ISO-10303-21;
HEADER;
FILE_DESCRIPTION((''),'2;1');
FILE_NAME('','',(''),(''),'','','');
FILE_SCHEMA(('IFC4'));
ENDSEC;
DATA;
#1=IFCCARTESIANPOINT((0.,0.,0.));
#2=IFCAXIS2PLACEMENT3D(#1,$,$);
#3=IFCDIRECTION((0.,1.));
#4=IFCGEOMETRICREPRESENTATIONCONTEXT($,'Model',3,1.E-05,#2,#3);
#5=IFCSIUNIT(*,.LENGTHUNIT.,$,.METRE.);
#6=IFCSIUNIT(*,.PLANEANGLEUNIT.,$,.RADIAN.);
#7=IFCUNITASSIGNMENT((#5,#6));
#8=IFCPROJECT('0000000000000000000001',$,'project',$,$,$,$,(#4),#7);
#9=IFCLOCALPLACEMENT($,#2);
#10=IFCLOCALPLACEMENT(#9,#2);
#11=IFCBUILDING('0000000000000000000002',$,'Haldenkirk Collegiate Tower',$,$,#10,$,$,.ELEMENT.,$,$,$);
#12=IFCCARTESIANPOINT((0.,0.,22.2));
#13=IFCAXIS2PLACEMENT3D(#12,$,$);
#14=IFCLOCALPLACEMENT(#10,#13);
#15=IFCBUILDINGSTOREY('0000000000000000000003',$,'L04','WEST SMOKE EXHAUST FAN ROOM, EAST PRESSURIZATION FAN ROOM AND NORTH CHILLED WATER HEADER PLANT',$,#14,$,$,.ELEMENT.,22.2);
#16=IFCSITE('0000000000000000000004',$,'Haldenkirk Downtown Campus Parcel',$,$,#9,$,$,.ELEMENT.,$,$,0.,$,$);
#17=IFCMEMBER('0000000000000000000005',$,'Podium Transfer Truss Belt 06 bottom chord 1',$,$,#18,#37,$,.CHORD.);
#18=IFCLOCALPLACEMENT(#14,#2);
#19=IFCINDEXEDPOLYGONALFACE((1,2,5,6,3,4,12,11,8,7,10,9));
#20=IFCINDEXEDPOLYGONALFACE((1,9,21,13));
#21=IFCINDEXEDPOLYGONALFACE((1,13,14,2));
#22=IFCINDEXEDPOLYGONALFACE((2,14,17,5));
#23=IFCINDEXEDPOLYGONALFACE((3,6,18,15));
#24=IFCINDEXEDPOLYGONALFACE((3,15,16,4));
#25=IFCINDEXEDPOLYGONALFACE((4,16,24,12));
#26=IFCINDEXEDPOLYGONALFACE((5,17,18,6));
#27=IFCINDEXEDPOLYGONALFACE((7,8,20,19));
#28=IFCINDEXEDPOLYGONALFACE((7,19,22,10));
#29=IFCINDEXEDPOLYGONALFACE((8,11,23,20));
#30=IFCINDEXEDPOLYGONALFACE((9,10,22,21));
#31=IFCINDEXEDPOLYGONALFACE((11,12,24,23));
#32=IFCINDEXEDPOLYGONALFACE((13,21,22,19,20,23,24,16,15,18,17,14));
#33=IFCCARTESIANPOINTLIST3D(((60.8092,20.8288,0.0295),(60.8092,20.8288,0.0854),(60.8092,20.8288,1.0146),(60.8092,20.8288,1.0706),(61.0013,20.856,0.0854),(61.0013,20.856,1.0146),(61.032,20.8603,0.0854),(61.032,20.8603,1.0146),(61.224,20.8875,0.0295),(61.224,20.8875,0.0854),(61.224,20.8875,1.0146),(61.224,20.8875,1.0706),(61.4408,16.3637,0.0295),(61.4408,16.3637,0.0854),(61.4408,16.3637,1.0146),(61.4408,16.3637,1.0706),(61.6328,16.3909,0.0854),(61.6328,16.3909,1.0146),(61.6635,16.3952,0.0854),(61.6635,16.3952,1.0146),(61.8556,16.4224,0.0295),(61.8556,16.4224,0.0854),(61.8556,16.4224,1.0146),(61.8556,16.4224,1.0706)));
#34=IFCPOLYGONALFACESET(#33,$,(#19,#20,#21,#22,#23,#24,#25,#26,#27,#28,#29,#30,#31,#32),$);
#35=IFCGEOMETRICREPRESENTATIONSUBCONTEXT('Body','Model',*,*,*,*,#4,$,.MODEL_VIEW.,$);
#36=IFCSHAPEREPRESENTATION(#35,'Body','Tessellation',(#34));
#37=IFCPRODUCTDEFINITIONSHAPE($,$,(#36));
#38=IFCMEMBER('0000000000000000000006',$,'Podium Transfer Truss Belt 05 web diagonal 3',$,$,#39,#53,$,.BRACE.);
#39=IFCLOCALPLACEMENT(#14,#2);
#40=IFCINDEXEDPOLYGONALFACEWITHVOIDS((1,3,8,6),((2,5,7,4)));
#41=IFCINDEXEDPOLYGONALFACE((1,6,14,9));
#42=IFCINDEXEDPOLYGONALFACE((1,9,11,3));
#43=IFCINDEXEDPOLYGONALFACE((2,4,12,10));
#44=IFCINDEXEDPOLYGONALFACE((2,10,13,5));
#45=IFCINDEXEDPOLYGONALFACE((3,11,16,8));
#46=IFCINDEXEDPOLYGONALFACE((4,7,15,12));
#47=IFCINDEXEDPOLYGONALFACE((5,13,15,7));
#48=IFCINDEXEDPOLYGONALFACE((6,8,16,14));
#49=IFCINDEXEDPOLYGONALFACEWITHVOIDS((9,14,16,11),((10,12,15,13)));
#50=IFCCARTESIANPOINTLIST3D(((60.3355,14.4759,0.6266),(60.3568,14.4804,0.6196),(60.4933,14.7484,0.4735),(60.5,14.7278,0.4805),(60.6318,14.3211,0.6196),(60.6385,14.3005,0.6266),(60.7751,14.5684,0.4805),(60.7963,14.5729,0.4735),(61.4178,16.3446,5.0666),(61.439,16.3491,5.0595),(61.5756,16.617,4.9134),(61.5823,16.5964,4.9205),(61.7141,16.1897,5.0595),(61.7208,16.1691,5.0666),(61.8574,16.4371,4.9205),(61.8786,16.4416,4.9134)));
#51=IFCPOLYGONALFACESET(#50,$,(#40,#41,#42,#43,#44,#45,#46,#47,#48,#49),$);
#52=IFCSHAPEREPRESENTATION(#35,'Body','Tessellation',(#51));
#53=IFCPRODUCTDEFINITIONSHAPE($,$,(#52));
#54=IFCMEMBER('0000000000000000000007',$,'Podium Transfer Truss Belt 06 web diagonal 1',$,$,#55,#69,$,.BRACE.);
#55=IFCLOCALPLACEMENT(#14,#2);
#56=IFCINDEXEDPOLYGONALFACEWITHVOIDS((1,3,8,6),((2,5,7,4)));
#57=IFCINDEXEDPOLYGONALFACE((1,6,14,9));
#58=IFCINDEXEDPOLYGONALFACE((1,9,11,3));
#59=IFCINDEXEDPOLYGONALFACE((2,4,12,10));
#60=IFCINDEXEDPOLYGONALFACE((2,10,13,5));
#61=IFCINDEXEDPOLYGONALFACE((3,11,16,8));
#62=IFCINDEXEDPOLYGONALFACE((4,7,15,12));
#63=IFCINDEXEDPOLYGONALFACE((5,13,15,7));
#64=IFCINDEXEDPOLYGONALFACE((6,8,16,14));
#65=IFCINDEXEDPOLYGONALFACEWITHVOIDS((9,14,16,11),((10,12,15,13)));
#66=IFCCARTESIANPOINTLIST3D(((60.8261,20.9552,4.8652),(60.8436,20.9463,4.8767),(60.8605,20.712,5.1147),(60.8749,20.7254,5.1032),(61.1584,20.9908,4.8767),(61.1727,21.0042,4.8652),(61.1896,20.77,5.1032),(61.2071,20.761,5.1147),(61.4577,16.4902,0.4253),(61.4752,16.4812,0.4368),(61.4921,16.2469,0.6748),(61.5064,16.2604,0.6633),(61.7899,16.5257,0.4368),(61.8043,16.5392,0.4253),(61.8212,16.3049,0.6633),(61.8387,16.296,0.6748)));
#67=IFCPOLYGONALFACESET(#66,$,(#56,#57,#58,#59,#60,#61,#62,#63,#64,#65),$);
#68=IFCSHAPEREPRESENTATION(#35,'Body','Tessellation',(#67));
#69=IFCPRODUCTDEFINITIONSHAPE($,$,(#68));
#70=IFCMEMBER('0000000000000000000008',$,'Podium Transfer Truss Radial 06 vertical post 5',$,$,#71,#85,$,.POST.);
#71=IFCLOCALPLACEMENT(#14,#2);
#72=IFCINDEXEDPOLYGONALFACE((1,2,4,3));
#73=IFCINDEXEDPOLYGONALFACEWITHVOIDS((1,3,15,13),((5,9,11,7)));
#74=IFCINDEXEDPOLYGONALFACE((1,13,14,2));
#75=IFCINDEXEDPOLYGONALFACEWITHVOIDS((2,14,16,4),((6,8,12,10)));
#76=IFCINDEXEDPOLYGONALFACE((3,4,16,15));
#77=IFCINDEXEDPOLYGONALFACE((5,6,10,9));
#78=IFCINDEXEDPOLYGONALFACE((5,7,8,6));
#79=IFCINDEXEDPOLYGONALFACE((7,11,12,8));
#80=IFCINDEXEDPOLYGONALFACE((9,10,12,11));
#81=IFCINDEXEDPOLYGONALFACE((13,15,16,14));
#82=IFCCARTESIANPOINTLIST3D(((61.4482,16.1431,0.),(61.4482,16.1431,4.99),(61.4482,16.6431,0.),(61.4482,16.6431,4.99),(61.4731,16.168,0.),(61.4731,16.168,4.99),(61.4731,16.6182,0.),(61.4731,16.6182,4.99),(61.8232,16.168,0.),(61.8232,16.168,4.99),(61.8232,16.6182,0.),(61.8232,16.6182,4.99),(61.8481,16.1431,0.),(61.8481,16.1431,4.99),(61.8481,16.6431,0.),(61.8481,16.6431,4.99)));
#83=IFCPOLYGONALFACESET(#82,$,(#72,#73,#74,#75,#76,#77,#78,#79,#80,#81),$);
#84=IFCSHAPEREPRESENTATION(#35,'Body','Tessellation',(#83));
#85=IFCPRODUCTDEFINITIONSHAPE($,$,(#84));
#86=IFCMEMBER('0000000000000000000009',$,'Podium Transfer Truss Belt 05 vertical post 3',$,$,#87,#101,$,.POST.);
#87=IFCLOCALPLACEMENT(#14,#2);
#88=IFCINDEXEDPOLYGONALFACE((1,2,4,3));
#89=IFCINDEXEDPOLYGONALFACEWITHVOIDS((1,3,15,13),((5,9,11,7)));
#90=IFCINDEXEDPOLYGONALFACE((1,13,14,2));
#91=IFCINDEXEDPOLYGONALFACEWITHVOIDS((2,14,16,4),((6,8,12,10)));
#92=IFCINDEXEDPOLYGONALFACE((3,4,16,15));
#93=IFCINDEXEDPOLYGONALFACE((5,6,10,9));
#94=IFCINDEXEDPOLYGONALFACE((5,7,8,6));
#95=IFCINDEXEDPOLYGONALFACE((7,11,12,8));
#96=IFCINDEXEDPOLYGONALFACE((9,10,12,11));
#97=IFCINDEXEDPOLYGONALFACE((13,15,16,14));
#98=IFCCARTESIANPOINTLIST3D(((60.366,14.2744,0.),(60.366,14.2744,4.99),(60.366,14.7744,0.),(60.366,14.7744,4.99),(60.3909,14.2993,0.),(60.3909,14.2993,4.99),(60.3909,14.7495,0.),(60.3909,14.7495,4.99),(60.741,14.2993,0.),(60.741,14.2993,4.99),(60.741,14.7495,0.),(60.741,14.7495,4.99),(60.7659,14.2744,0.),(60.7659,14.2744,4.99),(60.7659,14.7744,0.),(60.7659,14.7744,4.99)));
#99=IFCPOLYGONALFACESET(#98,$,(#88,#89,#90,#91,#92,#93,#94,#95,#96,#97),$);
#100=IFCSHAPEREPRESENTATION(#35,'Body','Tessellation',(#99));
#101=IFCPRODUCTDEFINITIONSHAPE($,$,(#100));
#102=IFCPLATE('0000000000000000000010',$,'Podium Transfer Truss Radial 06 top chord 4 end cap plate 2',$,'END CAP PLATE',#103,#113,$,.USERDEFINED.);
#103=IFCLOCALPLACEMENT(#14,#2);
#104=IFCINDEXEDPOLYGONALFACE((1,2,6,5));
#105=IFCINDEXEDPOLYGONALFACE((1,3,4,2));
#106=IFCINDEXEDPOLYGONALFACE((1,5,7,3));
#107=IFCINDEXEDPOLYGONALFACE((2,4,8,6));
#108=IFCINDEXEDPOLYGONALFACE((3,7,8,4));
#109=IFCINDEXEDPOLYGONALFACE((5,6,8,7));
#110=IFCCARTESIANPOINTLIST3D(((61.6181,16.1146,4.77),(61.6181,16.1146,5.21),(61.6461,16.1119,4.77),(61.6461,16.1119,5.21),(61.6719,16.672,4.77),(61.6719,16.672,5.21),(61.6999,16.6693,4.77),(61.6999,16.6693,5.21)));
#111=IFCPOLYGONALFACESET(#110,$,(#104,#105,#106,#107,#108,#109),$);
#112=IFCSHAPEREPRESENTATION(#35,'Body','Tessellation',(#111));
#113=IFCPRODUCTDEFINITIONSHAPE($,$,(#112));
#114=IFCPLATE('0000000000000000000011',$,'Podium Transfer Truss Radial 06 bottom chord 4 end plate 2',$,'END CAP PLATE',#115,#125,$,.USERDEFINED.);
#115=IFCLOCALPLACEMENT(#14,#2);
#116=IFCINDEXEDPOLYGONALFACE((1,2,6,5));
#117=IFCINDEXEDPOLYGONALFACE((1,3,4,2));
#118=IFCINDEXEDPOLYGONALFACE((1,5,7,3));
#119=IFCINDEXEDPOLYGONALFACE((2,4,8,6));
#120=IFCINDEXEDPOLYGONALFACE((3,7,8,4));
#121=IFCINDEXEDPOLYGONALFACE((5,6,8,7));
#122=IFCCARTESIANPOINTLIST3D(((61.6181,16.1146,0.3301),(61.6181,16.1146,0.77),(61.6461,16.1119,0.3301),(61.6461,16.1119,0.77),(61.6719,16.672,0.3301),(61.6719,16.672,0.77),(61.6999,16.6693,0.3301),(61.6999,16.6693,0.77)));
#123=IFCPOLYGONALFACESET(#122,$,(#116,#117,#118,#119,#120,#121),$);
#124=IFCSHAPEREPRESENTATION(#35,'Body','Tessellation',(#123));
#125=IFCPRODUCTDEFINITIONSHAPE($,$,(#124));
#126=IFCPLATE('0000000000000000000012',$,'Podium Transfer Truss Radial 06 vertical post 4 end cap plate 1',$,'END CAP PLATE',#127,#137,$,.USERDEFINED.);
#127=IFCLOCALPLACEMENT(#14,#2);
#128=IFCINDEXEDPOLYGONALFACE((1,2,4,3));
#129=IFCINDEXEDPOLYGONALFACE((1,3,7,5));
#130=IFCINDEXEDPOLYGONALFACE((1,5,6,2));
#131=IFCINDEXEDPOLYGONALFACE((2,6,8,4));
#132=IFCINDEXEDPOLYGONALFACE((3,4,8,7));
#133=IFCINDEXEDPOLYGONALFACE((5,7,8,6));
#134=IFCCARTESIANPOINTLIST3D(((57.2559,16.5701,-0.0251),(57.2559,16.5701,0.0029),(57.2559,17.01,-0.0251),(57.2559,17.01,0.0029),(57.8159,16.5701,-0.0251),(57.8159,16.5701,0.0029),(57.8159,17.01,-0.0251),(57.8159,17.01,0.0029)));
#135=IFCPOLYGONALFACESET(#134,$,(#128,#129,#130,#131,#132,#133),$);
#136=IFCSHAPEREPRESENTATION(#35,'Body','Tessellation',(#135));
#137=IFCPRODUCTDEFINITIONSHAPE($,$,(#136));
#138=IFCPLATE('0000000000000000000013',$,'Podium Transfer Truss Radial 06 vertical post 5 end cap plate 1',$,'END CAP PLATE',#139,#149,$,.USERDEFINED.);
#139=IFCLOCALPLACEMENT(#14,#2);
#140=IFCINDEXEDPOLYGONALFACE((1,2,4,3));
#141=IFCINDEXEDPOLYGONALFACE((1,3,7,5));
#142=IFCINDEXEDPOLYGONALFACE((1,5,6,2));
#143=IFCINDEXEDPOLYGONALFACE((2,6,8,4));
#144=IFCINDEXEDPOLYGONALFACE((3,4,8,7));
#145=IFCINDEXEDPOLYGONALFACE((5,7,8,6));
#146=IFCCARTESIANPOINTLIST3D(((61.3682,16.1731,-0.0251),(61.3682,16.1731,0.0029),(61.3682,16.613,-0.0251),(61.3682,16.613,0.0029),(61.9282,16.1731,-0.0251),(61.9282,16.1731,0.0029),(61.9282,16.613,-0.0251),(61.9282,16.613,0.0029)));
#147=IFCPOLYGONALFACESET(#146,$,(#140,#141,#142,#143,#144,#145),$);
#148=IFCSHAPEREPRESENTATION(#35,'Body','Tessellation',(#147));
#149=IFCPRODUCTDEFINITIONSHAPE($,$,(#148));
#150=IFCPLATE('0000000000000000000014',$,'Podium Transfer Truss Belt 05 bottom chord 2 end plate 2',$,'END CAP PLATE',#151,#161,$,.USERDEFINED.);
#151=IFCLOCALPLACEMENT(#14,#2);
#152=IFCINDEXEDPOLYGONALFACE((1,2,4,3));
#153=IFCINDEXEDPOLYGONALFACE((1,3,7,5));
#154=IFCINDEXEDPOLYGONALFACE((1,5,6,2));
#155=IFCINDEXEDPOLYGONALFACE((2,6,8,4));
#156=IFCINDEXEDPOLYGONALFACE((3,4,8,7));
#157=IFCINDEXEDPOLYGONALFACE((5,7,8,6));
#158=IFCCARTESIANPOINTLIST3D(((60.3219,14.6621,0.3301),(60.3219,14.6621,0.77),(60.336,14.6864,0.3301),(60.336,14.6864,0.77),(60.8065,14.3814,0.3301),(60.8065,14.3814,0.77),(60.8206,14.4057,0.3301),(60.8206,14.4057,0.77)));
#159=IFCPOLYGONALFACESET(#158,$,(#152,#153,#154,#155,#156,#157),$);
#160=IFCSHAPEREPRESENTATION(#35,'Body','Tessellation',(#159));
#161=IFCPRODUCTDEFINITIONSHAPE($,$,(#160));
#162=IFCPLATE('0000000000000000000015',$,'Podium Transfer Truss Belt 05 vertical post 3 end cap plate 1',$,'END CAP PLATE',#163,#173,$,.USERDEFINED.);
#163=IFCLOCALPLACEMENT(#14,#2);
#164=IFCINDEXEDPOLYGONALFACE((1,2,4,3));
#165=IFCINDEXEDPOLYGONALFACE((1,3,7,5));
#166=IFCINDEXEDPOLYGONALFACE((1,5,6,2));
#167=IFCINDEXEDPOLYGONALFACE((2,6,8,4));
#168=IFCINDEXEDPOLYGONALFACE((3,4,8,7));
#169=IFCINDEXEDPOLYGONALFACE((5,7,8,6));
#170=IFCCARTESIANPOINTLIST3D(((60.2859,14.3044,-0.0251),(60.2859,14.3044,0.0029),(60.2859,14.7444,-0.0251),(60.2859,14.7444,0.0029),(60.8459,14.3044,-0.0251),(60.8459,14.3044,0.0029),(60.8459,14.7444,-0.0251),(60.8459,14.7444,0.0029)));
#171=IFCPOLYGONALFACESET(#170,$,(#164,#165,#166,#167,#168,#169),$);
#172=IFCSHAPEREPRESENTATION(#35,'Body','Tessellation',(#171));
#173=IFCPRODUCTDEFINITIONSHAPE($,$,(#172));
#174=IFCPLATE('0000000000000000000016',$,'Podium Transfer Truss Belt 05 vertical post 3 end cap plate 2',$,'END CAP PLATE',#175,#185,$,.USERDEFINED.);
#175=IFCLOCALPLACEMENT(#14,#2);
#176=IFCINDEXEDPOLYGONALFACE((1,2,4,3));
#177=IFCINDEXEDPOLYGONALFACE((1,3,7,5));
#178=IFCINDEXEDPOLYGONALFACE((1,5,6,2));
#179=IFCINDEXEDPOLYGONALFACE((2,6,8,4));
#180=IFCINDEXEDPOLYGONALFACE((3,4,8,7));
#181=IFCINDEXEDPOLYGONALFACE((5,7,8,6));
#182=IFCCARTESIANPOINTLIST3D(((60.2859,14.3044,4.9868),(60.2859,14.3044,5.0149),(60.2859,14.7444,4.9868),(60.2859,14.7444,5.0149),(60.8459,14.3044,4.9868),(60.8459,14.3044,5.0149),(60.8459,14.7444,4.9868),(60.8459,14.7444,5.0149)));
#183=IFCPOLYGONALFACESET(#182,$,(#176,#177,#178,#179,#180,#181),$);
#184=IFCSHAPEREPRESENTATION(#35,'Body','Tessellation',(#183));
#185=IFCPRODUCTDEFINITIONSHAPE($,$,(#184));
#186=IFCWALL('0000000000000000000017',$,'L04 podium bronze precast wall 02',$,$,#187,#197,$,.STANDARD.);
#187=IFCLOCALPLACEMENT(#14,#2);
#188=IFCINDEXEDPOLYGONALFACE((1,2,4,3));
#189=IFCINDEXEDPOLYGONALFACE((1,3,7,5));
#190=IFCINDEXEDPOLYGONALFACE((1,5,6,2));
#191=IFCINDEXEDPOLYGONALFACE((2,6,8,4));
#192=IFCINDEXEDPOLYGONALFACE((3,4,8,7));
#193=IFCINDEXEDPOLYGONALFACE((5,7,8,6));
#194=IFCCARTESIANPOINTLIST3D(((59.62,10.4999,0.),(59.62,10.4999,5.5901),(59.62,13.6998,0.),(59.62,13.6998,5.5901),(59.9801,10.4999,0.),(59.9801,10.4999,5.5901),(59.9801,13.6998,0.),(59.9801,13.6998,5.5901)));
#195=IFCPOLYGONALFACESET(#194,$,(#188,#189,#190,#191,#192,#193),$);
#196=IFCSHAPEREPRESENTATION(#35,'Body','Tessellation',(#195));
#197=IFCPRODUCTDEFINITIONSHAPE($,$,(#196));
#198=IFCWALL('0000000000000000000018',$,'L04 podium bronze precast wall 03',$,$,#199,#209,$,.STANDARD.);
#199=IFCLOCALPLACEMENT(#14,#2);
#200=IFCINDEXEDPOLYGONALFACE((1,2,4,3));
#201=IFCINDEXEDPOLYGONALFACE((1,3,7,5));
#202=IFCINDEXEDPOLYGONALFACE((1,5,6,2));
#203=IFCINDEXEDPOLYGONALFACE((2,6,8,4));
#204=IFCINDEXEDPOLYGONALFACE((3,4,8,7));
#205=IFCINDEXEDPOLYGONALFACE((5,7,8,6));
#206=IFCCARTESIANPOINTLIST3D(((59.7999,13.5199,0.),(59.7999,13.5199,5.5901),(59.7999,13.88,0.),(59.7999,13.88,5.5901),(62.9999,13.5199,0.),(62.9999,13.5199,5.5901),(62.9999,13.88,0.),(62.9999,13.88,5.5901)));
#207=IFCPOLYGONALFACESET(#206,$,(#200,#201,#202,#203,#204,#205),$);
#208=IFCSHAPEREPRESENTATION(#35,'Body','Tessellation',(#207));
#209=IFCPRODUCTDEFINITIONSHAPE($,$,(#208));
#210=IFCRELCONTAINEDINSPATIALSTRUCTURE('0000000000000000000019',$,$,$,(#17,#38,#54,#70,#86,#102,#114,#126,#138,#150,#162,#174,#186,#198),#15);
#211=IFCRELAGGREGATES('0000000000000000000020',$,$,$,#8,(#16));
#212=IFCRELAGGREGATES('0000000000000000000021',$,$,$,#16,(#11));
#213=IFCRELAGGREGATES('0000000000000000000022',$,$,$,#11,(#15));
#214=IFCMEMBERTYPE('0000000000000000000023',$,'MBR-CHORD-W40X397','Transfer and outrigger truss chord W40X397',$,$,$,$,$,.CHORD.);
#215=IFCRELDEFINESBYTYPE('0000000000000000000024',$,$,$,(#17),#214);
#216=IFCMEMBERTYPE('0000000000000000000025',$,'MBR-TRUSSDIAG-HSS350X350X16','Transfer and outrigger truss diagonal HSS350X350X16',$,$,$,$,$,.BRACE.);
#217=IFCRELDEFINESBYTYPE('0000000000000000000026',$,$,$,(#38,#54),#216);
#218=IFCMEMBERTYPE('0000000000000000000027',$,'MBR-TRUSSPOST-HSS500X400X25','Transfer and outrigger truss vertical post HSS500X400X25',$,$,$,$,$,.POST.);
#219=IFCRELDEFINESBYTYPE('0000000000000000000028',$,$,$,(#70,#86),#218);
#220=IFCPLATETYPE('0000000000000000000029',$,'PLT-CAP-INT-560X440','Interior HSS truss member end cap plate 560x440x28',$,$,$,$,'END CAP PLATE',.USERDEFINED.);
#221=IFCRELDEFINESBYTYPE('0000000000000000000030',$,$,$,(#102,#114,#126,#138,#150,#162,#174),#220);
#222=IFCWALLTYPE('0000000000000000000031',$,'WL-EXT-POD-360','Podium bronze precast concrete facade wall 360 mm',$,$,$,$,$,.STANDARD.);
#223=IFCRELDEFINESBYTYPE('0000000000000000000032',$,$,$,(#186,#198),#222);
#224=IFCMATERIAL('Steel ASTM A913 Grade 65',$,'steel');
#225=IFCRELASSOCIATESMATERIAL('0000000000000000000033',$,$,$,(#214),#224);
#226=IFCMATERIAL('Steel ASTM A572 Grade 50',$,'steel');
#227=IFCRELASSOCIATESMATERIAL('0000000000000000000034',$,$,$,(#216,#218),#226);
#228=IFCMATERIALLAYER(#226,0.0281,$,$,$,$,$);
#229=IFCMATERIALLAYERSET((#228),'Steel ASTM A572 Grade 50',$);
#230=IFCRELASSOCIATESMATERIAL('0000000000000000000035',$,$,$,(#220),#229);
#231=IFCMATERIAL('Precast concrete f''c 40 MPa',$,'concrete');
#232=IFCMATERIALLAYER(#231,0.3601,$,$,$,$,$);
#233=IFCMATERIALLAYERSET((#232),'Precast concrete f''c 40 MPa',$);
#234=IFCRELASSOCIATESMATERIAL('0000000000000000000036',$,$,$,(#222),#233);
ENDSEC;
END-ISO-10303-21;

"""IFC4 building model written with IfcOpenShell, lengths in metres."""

from ifc_helpers import new_model, si_unit, direction, frame, frame_2d, origin, origin_2d, place, context, subcontext, project, spatial, rectangle, hollow_rectangle, i_section, extrude, source, transform, mapped, material, layer, layer_set, material_profile, profile_set, type_object, element, save


model = new_model("IFC4")

# Units and contexts
model_context = context("Model", 3, precision=1e-05, world=origin(), true_north=direction((0.0, 1.0)))
body_context = subcontext(model_context, "Body", "Model", "MODEL_VIEW")
ifc_project = project(units=[si_unit("LENGTHUNIT", "METRE"), si_unit("PLANEANGLEUNIT", "RADIAN")], contexts=[model_context])

# Site, building, storey
site_placement = place(None, origin())
site = spatial("IfcSite", under=ifc_project, at=site_placement, Name="Haldenkirk Downtown Campus Parcel", CompositionType="ELEMENT", RefElevation=0.0)
building_placement = place(site_placement, origin())
building = spatial("IfcBuilding", under=site, at=building_placement, Name="Haldenkirk Collegiate Tower", CompositionType="ELEMENT")
storey_placement = place(building_placement, frame((0.0, 0.0, 22.2)))
storey = spatial("IfcBuildingStorey", under=building, at=storey_placement, Name="L04", Description="WEST SMOKE EXHAUST FAN ROOM, EAST PRESSURIZATION FAN ROOM AND NORTH CHILLED WATER HEADER PLANT", CompositionType="ELEMENT", Elevation=22.2)

# Shared definitions
ifc_material_1 = material(Name="Steel ASTM A913 Grade 65", Category="steel")
ifc_material_2 = material(Name="Steel ASTM A572 Grade 50", Category="steel")

# Members
ifc_material_profile_1 = material_profile(ifc_material_1, i_section(OverallWidth=0.4189, OverallDepth=1.041, WebThickness=0.031, FlangeThickness=0.0559, at=origin_2d()), Name="W40X397")
ifc_profile_set_1 = profile_set([ifc_material_profile_1], Name="Steel ASTM A913 Grade 65")
member_type_1 = type_object("IfcMemberType", Name="MBR-CHORD-W40X397", Description="Transfer and outrigger truss chord W40X397", PredefinedType="CHORD", material=ifc_profile_set_1)
member_1_placement = place(storey_placement, frame((61.6482, 16.3931, 0.55), z_axis=(-0.140057, 0.990143, 0.0), x_axis=(-0.990143, -0.140057, 0.0)))
element("IfcMember", 1, at=member_1_placement, inside=storey, type_object=member_type_1, Name="Podium Transfer Truss Belt 06 bottom chord 1", PredefinedType="CHORD", context=body_context, shape_type="SweptSolid", body=[
    extrude(i_section(OverallWidth=0.4189, OverallDepth=1.041, WebThickness=0.031, FlangeThickness=0.0559, at=origin_2d()), origin(), (0.0, 0.0, 1.0), 4.5095),
])
ifc_material_profile_2 = material_profile(ifc_material_2, hollow_rectangle(XDim=0.3501, YDim=0.3501, WallThickness=0.0161, at=origin_2d()), Name="HSS350X350X16")
ifc_profile_set_2 = profile_set([ifc_material_profile_2], Name="Steel ASTM A572 Grade 50")
member_type_2 = type_object("IfcMemberType", Name="MBR-TRUSSDIAG-HSS350X350X16", Description="Transfer and outrigger truss diagonal HSS350X350X16", PredefinedType="BRACE", material=ifc_profile_set_2)
member_2_placement = place(storey_placement, frame((60.5659, 14.5244, 0.55), z_axis=(0.219207, 0.378482, 0.899277), x_axis=(-0.865341, 0.501183, 0.0)))
element("IfcMember", 2, at=member_2_placement, inside=storey, type_object=member_type_2, Name="Podium Transfer Truss Belt 05 web diagonal 3", PredefinedType="BRACE", context=body_context, shape_type="SweptSolid", body=[
    extrude(hollow_rectangle(XDim=0.3501, YDim=0.3501, WallThickness=0.0161, at=origin_2d()), origin(), (0.0, 0.0, 1.0), 4.9373),
])
member_3_placement = place(storey_placement, frame((61.6482, 16.3931, 0.55), z_axis=(-0.099802, 0.70556, 0.701587), x_axis=(-0.990143, -0.140057, 0.0)))
element("IfcMember", 3, at=member_3_placement, inside=storey, type_object=member_type_2, Name="Podium Transfer Truss Belt 06 web diagonal 1", PredefinedType="BRACE", context=body_context, shape_type="SweptSolid", body=[
    extrude(hollow_rectangle(XDim=0.3501, YDim=0.3501, WallThickness=0.0161, at=origin_2d()), origin(), (0.0, 0.0, 1.0), 6.3284),
])
ifc_material_profile_3 = material_profile(ifc_material_2, hollow_rectangle(XDim=0.3999, YDim=0.5, WallThickness=0.0249, at=origin_2d()), Name="HSS500X400X25")
ifc_profile_set_3 = profile_set([ifc_material_profile_3], Name="Steel ASTM A572 Grade 50")
member_type_3 = type_object("IfcMemberType", Name="MBR-TRUSSPOST-HSS500X400X25", Description="Transfer and outrigger truss vertical post HSS500X400X25", PredefinedType="POST", material=ifc_profile_set_3)
for number, where, z_axis, x_axis, name in (
    (4, (61.6482, 16.3931, 0.0), (0.0, 0.0, 1.0), (1.0, 0.0, 0.0), "Podium Transfer Truss Radial 06 vertical post 5"),
    (5, (60.5659, 14.5244, 0.0), (0.0, 0.0, 1.0), (1.0, 0.0, 0.0), "Podium Transfer Truss Belt 05 vertical post 3"),
):
    element("IfcMember", number, at=place(storey_placement, frame(where, z_axis=z_axis, x_axis=x_axis)), inside=storey, type_object=member_type_3, Name=name, PredefinedType="POST", context=body_context, shape_type="SweptSolid", body=[
        extrude(hollow_rectangle(XDim=0.3999, YDim=0.5, WallThickness=0.0249, at=origin_2d()), origin(), (0.0, 0.0, 1.0), 4.99),
    ])

# Plates
ifc_layer_1 = layer(ifc_material_2, 0.0281)
ifc_layer_set_1 = layer_set([ifc_layer_1], Name="Steel ASTM A572 Grade 50")
plate_type = type_object("IfcPlateType", Name="PLT-CAP-INT-560X440", Description="Interior HSS truss member end cap plate 560x440x28", ElementType="END CAP PLATE", PredefinedType="USERDEFINED", material=ifc_layer_set_1)
shared_shape = source(origin(), body_context, "Body", "SweptSolid", [
    extrude(rectangle(XDim=0.5601, YDim=0.4399, at=origin_2d()), origin(), (0.0, 0.0, 1.0), 0.0281),
])
for number, where, z_axis, x_axis, name in (
    (6, (61.645, 16.3933, 4.99), (0.995372, -0.096093, 0.0), (0.096093, 0.995372, 0.0), "Podium Transfer Truss Radial 06 top chord 4 end cap plate 2"),
    (7, (61.645, 16.3933, 0.55), (0.995373, -0.096082, 0.0), (0.096082, 0.995373, 0.0), "Podium Transfer Truss Radial 06 bottom chord 4 end plate 2"),
    (8, (57.5359, 16.79, 0.0029), (0.0, 0.0, -1.0), (1.0, 0.0, 0.0), "Podium Transfer Truss Radial 06 vertical post 4 end cap plate 1"),
    (9, (61.6482, 16.3931, 0.0029), (0.0, 0.0, -1.0), (1.0, 0.0, 0.0), "Podium Transfer Truss Radial 06 vertical post 5 end cap plate 1"),
    (10, (60.5642, 14.5217, 0.55), (0.501207, 0.865327, 0.0), (-0.865327, 0.501207, 0.0), "Podium Transfer Truss Belt 05 bottom chord 2 end plate 2"),
    (11, (60.5659, 14.5244, 0.0029), (0.0, 0.0, -1.0), (1.0, 0.0, 0.0), "Podium Transfer Truss Belt 05 vertical post 3 end cap plate 1"),
    (12, (60.5659, 14.5244, 4.9868), (0.0, 0.0, 1.0), (1.0, 0.0, 0.0), "Podium Transfer Truss Belt 05 vertical post 3 end cap plate 2"),
):
    element("IfcPlate", number, at=place(storey_placement, frame(where, z_axis=z_axis, x_axis=x_axis)), inside=storey, type_object=plate_type, Name=name, ObjectType="END CAP PLATE", PredefinedType="USERDEFINED", context=body_context, shape_type="MappedRepresentation", body=[
        mapped(shared_shape, transform((0.0, 0.0, 0.0), x_axis=(1.0, 0.0, 0.0), y_axis=(0.0, 1.0, 0.0), z_axis=(0.0, 0.0, 1.0), scale=1.0)),
    ])

# Walls
ifc_material_3 = material(Name="Precast concrete f'c 40 MPa", Category="concrete")
ifc_layer_2 = layer(ifc_material_3, 0.3601)
ifc_layer_set_2 = layer_set([ifc_layer_2], Name="Precast concrete f'c 40 MPa")
wall_type = type_object("IfcWallType", Name="WL-EXT-POD-360", Description="Podium bronze precast concrete facade wall 360 mm", PredefinedType="STANDARD", material=ifc_layer_set_2)
for number, where, z_axis, x_axis, name in (
    (13, (59.8, 13.7, 0.0), (0.0, 0.0, 1.0), (0.0, -1.0, 0.0), "L04 podium bronze precast wall 02"),
    (14, (63.0, 13.7, 0.0), (0.0, 0.0, 1.0), (-1.0, 0.0, 0.0), "L04 podium bronze precast wall 03"),
):
    element("IfcWall", number, at=place(storey_placement, frame(where, z_axis=z_axis, x_axis=x_axis)), inside=storey, type_object=wall_type, Name=name, PredefinedType="STANDARD", context=body_context, shape_type="SweptSolid", body=[
        extrude(rectangle(XDim=3.2, YDim=0.3601, at=frame_2d((1.6001, 0.0))), origin(), (0.0, 0.0, 1.0), 5.5901),
    ])

save(model, "model.ifc")
